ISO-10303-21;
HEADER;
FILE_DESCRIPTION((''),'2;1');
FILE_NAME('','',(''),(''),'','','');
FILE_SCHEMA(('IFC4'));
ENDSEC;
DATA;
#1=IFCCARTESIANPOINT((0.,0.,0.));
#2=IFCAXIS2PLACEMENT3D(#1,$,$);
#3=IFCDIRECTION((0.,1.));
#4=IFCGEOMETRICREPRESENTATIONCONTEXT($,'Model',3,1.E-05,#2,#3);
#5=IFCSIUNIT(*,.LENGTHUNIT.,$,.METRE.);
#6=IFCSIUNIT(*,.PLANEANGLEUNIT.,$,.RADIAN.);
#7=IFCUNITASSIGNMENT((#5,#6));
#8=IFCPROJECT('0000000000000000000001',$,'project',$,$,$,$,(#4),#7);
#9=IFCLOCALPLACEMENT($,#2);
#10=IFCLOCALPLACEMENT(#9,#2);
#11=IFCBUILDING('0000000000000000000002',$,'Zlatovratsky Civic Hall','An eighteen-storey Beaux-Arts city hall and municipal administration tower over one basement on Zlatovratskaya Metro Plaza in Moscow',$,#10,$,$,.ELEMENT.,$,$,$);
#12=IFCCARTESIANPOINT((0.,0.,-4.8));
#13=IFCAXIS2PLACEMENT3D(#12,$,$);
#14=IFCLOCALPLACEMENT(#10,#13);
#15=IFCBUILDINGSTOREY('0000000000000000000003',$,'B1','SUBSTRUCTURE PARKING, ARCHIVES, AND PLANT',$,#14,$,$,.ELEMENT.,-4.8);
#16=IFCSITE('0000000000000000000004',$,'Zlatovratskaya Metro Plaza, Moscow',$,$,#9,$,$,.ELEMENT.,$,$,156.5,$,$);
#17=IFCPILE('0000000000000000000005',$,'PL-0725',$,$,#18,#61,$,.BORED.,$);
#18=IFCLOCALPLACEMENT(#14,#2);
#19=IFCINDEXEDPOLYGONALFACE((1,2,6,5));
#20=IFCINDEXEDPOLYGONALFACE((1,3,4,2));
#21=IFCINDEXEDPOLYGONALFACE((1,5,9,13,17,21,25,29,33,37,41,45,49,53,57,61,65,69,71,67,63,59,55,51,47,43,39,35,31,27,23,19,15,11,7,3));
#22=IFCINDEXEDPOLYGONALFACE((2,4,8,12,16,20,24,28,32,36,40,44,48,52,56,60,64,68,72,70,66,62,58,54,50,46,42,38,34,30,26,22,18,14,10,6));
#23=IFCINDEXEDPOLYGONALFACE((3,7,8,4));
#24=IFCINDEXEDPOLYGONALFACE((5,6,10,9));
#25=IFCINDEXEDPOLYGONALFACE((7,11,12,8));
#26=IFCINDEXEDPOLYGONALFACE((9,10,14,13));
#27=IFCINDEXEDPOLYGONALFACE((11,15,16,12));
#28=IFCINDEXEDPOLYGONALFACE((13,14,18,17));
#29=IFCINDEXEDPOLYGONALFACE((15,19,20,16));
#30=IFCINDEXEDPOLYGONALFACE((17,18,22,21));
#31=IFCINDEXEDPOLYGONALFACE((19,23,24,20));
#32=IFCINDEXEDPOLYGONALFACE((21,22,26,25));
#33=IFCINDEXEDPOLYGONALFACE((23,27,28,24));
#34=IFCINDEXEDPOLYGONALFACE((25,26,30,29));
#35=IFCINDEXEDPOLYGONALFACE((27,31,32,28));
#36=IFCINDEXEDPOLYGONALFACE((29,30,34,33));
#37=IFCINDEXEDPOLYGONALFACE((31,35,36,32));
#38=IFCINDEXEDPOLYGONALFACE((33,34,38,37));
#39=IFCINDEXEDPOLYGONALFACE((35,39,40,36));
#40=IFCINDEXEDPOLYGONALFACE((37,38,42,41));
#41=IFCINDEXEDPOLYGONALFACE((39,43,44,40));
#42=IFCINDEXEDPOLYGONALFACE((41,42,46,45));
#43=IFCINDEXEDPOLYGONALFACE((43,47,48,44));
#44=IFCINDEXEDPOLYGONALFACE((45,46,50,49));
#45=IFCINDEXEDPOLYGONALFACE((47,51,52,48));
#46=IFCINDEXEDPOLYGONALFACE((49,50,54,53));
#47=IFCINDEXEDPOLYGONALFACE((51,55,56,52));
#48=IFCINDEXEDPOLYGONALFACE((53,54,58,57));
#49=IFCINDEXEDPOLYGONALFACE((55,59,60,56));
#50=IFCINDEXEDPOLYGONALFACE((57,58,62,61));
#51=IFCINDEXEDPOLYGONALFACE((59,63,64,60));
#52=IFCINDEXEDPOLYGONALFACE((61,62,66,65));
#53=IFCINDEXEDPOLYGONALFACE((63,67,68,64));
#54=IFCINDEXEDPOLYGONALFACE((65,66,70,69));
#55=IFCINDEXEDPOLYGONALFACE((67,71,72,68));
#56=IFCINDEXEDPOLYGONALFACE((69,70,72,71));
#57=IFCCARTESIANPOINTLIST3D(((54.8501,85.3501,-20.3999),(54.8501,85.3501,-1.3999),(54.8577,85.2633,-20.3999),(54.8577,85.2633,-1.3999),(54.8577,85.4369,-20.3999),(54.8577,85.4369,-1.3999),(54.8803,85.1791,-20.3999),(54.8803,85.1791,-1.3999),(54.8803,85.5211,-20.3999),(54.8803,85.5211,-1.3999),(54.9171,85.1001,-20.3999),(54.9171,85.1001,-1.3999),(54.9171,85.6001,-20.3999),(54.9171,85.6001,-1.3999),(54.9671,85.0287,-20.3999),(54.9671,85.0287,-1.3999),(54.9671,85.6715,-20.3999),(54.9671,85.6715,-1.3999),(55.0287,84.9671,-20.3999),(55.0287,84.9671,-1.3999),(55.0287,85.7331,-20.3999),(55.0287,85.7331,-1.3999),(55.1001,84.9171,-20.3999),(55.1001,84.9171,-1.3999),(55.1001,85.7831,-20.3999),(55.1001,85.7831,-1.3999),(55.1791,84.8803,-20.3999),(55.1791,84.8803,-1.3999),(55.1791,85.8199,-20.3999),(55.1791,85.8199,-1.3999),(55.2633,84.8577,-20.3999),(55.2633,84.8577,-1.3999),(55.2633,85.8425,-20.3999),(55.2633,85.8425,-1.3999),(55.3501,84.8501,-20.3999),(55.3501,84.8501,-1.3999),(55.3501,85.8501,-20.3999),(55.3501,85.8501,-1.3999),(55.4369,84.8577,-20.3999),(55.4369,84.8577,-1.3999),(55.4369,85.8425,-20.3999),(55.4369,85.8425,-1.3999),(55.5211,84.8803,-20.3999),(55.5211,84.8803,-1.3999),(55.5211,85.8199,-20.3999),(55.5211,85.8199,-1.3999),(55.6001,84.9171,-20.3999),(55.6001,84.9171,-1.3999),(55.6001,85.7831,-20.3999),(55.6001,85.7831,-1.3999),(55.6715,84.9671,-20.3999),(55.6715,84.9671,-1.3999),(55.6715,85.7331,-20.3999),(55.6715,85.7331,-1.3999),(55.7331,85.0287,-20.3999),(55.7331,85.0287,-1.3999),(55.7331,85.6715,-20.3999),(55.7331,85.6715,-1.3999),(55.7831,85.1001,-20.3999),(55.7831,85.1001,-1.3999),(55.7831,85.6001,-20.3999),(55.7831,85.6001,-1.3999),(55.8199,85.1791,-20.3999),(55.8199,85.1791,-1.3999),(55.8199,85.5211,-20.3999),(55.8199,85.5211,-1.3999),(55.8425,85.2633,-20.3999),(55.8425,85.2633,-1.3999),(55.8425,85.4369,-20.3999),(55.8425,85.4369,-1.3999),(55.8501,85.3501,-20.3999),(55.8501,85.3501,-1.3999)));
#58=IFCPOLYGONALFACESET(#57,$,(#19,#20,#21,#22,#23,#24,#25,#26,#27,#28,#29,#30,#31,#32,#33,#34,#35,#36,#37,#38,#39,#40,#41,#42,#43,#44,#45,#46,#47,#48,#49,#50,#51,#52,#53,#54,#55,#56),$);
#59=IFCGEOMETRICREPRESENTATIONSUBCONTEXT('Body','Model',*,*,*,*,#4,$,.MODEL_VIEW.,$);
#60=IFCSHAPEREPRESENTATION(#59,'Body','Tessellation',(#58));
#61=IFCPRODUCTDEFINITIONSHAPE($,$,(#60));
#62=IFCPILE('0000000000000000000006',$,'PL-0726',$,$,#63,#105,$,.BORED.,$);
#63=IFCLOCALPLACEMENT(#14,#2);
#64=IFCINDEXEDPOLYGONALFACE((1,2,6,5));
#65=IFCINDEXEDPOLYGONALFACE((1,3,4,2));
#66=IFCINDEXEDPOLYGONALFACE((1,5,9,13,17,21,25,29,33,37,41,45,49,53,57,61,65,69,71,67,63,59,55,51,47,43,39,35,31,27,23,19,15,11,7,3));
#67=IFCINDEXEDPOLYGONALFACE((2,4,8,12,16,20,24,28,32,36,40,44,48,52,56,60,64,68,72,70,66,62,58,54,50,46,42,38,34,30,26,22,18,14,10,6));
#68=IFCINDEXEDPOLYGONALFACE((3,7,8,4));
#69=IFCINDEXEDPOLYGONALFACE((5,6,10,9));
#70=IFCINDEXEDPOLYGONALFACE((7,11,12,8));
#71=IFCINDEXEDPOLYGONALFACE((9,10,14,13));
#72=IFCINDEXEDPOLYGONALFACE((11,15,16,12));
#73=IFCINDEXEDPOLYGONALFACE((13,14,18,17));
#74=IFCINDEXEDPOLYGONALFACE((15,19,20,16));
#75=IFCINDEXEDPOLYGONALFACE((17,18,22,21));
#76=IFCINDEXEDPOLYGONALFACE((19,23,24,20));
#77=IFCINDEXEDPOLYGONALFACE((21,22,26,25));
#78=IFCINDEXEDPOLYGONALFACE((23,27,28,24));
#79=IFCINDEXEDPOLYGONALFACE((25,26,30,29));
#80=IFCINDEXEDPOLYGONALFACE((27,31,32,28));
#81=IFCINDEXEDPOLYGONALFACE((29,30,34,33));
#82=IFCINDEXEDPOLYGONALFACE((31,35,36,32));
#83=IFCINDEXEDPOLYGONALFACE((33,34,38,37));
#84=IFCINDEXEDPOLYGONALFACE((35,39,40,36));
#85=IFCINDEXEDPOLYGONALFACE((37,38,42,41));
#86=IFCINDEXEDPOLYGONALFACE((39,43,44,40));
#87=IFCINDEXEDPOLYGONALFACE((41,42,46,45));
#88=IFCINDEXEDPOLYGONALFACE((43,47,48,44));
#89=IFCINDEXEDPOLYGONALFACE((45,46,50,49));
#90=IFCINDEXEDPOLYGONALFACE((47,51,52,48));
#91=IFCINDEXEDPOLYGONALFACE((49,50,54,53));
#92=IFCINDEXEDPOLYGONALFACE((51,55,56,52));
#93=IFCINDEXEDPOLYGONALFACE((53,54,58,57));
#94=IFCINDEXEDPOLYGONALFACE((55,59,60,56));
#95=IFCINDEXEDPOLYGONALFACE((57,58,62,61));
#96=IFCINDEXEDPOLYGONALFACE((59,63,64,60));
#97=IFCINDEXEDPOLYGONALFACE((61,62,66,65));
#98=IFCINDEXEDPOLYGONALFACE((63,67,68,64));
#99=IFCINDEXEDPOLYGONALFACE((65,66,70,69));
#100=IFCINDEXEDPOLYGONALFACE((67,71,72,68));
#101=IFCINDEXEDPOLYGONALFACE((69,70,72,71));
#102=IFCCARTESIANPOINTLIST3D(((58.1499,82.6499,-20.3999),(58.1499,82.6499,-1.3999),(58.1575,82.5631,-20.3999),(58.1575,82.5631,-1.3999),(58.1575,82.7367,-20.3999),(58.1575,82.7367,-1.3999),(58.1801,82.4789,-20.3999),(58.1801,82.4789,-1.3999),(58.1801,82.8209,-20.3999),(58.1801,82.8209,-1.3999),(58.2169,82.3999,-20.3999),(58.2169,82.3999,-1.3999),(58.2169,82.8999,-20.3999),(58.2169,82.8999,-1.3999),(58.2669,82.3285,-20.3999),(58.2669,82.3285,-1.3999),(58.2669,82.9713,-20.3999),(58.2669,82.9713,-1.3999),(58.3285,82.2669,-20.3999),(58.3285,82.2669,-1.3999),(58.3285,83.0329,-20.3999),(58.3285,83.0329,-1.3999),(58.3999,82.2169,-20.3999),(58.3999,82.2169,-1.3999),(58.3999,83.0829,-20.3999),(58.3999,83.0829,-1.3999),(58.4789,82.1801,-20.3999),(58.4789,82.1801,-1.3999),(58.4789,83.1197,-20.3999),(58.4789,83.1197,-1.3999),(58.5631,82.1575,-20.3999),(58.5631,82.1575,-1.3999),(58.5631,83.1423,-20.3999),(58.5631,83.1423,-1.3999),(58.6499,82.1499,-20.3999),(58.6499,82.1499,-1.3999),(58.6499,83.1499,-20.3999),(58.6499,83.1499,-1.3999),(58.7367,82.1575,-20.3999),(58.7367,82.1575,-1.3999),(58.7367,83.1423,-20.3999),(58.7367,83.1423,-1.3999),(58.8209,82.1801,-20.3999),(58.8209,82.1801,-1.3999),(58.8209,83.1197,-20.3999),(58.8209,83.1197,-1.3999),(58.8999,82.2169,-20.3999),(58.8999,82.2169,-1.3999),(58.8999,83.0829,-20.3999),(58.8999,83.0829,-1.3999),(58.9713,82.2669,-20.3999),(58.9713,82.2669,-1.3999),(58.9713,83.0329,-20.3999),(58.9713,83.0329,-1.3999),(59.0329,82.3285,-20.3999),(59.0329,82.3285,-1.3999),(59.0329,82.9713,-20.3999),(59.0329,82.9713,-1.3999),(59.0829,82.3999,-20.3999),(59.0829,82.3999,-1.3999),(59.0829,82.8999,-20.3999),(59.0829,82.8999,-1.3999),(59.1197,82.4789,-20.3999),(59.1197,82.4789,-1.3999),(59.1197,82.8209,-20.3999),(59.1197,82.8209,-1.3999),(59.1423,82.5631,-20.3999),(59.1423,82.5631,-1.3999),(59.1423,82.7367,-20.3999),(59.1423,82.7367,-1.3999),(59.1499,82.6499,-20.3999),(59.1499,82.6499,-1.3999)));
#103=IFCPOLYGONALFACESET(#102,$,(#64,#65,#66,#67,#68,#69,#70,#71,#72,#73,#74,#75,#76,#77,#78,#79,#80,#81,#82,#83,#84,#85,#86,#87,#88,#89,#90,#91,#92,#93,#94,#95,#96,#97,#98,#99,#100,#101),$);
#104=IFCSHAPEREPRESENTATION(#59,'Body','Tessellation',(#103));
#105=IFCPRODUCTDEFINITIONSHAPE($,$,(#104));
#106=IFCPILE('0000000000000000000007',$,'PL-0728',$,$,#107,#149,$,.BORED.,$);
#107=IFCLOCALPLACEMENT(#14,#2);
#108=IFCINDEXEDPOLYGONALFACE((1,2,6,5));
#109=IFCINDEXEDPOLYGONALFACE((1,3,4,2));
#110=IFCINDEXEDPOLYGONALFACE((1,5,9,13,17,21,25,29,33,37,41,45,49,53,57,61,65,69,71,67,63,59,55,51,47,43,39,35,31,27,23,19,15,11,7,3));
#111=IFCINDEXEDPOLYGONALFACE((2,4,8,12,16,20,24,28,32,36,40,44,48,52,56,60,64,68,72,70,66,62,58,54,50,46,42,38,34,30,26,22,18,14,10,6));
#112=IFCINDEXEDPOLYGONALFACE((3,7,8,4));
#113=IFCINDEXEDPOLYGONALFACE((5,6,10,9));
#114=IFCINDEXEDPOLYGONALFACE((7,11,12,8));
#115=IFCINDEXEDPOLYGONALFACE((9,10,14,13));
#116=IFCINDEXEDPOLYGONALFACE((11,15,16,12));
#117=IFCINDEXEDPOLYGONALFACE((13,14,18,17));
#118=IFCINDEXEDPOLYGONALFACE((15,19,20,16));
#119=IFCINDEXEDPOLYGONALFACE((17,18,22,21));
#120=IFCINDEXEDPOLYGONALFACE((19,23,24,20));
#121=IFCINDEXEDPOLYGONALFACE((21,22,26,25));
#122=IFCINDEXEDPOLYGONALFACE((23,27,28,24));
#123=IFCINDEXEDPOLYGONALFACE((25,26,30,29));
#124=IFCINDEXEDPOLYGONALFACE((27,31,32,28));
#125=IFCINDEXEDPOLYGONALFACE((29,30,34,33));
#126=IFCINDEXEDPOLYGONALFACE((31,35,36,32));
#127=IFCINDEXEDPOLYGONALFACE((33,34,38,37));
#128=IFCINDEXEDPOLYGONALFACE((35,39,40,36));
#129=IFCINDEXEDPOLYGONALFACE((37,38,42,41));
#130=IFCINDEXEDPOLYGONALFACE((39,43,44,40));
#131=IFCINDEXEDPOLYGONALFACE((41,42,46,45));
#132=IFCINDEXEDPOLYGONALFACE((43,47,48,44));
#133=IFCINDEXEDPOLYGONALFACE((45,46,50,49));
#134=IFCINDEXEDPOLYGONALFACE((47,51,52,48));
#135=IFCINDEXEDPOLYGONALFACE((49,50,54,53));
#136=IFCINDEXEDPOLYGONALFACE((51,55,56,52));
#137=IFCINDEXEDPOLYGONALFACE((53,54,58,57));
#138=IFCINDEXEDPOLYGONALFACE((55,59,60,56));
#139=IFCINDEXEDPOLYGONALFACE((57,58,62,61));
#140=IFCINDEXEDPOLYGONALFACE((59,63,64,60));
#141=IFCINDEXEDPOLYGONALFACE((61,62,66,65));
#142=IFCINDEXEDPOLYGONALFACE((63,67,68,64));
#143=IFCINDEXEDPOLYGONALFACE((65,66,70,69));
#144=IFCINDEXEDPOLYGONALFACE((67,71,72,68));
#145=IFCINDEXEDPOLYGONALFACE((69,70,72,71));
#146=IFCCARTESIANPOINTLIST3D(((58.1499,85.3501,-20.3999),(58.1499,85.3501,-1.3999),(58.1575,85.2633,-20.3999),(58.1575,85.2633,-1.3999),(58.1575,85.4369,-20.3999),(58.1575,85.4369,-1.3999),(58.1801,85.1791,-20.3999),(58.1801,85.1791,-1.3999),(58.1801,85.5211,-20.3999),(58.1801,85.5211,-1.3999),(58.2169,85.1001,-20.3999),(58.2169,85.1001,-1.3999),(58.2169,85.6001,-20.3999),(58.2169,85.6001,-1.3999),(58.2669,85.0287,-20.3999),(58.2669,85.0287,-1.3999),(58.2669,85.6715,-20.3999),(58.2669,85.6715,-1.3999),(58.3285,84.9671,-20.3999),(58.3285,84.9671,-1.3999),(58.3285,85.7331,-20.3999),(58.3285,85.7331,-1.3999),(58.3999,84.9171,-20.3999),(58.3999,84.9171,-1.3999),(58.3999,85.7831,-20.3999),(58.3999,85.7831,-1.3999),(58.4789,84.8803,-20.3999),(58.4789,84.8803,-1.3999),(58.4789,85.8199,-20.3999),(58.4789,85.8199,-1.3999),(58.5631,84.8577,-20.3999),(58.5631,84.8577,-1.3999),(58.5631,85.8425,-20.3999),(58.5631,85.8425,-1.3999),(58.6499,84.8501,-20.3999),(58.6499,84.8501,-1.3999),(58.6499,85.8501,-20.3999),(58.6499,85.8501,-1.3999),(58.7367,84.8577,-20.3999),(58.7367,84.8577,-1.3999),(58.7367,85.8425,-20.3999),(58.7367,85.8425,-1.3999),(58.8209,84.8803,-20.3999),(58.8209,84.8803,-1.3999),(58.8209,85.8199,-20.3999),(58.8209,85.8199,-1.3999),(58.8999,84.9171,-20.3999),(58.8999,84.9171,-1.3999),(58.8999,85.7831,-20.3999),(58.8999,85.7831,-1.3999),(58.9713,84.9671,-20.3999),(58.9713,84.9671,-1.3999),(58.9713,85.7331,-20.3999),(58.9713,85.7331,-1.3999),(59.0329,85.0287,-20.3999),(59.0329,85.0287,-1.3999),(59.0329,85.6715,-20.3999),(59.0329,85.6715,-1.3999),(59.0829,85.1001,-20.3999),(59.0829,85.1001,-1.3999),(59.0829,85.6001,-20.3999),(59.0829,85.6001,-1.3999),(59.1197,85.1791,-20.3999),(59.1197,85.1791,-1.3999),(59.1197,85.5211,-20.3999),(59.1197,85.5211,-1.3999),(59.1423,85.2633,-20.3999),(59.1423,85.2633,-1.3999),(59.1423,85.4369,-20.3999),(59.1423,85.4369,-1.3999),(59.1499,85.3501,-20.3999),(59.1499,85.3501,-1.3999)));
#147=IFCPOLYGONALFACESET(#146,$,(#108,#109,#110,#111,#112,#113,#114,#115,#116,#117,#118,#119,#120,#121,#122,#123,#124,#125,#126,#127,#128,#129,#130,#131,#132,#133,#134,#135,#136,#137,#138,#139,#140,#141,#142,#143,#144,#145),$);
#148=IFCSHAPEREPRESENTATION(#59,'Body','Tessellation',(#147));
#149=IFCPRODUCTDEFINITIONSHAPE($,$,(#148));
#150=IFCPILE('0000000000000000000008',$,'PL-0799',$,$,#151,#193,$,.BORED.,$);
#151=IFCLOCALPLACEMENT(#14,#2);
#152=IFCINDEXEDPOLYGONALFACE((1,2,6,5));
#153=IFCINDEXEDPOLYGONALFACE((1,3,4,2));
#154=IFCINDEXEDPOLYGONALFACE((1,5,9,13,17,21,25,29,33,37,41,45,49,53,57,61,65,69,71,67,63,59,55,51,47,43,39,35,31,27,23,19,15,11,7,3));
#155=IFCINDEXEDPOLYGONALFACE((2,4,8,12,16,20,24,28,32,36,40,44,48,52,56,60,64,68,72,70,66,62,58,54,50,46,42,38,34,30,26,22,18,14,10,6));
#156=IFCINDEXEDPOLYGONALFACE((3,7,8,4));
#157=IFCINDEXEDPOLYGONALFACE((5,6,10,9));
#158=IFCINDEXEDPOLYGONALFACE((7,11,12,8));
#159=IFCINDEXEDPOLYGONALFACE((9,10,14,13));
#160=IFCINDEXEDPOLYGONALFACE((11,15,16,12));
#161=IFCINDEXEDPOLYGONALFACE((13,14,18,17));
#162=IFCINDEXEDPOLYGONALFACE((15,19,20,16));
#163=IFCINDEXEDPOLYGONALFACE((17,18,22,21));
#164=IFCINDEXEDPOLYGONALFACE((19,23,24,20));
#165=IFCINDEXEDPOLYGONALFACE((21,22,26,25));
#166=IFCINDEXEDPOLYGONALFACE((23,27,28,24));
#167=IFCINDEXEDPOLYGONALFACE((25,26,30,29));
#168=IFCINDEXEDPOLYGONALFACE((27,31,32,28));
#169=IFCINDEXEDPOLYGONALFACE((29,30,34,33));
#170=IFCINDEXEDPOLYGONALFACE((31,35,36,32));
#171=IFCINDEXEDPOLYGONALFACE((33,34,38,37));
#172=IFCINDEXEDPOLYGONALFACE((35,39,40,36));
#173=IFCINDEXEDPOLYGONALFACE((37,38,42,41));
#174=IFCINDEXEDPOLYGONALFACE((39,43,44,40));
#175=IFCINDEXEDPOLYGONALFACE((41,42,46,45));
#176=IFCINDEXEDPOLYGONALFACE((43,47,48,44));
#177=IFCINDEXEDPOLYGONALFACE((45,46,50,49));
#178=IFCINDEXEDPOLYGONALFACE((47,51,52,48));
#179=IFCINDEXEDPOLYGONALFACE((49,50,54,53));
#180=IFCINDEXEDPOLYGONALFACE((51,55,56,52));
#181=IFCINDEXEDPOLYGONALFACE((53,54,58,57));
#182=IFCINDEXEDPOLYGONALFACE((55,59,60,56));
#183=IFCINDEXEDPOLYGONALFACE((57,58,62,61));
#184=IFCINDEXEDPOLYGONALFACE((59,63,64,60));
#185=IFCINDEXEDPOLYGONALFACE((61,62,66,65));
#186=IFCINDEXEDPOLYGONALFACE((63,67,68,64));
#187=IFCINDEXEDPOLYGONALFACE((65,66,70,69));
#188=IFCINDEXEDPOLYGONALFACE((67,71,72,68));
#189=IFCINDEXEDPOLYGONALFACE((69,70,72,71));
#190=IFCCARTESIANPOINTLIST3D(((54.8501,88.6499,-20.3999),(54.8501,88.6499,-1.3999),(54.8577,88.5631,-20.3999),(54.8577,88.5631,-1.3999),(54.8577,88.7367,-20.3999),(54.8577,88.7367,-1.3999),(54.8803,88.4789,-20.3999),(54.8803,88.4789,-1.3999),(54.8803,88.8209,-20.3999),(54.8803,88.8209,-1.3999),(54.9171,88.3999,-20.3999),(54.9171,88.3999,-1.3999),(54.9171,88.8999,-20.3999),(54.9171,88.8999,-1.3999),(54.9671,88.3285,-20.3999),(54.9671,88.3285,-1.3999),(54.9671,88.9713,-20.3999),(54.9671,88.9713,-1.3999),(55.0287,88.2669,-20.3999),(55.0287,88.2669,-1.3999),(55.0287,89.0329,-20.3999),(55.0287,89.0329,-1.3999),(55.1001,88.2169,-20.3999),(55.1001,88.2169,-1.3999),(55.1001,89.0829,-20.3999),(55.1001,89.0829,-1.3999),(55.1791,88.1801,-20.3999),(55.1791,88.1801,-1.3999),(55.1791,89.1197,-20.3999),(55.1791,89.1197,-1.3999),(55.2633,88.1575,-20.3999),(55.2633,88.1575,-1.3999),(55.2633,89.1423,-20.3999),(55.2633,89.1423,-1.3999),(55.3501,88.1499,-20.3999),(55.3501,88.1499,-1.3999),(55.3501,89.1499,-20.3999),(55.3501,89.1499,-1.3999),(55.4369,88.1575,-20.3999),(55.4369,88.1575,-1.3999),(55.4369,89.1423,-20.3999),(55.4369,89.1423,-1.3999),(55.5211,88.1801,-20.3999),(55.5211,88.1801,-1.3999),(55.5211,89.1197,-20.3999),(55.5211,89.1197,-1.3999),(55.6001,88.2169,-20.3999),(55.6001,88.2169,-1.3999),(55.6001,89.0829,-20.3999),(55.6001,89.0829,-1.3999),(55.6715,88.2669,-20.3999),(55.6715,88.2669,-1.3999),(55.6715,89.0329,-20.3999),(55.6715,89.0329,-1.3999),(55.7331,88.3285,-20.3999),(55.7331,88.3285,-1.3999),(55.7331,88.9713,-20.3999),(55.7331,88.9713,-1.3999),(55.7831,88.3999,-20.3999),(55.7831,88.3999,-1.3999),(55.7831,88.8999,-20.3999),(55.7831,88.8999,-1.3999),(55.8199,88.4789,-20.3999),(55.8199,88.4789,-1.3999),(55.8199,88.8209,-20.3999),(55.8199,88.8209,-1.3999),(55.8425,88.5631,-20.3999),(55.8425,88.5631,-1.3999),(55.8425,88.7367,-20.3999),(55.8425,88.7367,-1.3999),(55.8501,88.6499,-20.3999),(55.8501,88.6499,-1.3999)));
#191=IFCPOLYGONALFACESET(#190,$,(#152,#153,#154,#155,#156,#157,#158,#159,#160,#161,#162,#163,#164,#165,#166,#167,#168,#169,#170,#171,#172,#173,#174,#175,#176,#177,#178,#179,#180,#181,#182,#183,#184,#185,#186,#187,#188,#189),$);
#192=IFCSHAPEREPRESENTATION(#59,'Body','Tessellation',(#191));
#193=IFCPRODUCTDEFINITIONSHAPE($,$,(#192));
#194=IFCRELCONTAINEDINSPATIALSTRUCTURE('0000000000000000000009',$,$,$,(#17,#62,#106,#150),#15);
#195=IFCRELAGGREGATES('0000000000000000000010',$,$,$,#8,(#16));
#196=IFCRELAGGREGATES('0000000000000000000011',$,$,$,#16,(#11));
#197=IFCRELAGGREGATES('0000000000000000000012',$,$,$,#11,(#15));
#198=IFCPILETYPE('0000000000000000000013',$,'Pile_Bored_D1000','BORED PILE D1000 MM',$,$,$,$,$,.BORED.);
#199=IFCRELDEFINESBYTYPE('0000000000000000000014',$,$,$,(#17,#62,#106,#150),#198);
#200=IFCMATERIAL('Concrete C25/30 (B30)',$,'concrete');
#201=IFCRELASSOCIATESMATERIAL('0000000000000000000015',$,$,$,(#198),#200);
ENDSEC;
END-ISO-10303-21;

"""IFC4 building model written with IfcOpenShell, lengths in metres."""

from ifc_helpers import new_model, si_unit, direction, frame, origin, origin_2d, place, context, subcontext, project, spatial, circle, extrude, material, material_profile, profile_set, type_object, element, save


model = new_model("IFC4")

# Units and contexts
model_context = context("Model", 3, precision=1e-05, world=origin(), true_north=direction((0.0, 1.0)))
body_context = subcontext(model_context, "Body", "Model", "MODEL_VIEW")
ifc_project = project(units=[si_unit("LENGTHUNIT", "METRE"), si_unit("PLANEANGLEUNIT", "RADIAN")], contexts=[model_context])

# Site, building, storey
site_placement = place(None, origin())
site = spatial("IfcSite", under=ifc_project, at=site_placement, Name="Zlatovratskaya Metro Plaza, Moscow", CompositionType="ELEMENT", RefElevation=156.5)
building_placement = place(site_placement, origin())
building = spatial("IfcBuilding", under=site, at=building_placement, Name="Zlatovratsky Civic Hall", Description="An eighteen-storey Beaux-Arts city hall and municipal administration tower over one basement on Zlatovratskaya Metro Plaza in Moscow", CompositionType="ELEMENT")
storey_placement = place(building_placement, frame((0.0, 0.0, -4.8)))
storey = spatial("IfcBuildingStorey", under=building, at=storey_placement, Name="B1", Description="SUBSTRUCTURE PARKING, ARCHIVES, AND PLANT", CompositionType="ELEMENT", Elevation=-4.8)

# Shared definitions
ifc_material_1 = material(Name="Concrete C25/30 (B30)", Category="concrete")

# Piles
ifc_material_profile_1 = material_profile(ifc_material_1, circle(Radius=0.5, at=origin_2d()), Name="PILE D1000")
ifc_profile_set_1 = profile_set([ifc_material_profile_1], Name="Concrete C25/30 (B30)")
pile_type = type_object("IfcPileType", Name="Pile_Bored_D1000", Description="BORED PILE D1000 MM", PredefinedType="BORED", material=ifc_profile_set_1)
for number, where, z_axis, x_axis, name in (
    (1, (55.3501, 85.3501, -1.3999), (0.0, 0.0, -1.0), (1.0, 0.0, 0.0), "PL-0725"),
    (2, (58.6499, 82.6499, -1.3999), (0.0, 0.0, -1.0), (1.0, 0.0, 0.0), "PL-0726"),
    (3, (58.6499, 85.3501, -1.3999), (0.0, 0.0, -1.0), (1.0, 0.0, 0.0), "PL-0728"),
    (4, (55.3501, 88.6499, -1.3999), (0.0, 0.0, -1.0), (1.0, 0.0, 0.0), "PL-0799"),
):
    element("IfcPile", number, at=place(storey_placement, frame(where, z_axis=z_axis, x_axis=x_axis)), inside=storey, type_object=pile_type, Name=name, PredefinedType="BORED", context=body_context, shape_type="SweptSolid", body=[
        extrude(circle(Radius=0.5, at=origin_2d()), origin(), (0.0, 0.0, 1.0), 19.0),
    ])

save(model, "model.ifc")
